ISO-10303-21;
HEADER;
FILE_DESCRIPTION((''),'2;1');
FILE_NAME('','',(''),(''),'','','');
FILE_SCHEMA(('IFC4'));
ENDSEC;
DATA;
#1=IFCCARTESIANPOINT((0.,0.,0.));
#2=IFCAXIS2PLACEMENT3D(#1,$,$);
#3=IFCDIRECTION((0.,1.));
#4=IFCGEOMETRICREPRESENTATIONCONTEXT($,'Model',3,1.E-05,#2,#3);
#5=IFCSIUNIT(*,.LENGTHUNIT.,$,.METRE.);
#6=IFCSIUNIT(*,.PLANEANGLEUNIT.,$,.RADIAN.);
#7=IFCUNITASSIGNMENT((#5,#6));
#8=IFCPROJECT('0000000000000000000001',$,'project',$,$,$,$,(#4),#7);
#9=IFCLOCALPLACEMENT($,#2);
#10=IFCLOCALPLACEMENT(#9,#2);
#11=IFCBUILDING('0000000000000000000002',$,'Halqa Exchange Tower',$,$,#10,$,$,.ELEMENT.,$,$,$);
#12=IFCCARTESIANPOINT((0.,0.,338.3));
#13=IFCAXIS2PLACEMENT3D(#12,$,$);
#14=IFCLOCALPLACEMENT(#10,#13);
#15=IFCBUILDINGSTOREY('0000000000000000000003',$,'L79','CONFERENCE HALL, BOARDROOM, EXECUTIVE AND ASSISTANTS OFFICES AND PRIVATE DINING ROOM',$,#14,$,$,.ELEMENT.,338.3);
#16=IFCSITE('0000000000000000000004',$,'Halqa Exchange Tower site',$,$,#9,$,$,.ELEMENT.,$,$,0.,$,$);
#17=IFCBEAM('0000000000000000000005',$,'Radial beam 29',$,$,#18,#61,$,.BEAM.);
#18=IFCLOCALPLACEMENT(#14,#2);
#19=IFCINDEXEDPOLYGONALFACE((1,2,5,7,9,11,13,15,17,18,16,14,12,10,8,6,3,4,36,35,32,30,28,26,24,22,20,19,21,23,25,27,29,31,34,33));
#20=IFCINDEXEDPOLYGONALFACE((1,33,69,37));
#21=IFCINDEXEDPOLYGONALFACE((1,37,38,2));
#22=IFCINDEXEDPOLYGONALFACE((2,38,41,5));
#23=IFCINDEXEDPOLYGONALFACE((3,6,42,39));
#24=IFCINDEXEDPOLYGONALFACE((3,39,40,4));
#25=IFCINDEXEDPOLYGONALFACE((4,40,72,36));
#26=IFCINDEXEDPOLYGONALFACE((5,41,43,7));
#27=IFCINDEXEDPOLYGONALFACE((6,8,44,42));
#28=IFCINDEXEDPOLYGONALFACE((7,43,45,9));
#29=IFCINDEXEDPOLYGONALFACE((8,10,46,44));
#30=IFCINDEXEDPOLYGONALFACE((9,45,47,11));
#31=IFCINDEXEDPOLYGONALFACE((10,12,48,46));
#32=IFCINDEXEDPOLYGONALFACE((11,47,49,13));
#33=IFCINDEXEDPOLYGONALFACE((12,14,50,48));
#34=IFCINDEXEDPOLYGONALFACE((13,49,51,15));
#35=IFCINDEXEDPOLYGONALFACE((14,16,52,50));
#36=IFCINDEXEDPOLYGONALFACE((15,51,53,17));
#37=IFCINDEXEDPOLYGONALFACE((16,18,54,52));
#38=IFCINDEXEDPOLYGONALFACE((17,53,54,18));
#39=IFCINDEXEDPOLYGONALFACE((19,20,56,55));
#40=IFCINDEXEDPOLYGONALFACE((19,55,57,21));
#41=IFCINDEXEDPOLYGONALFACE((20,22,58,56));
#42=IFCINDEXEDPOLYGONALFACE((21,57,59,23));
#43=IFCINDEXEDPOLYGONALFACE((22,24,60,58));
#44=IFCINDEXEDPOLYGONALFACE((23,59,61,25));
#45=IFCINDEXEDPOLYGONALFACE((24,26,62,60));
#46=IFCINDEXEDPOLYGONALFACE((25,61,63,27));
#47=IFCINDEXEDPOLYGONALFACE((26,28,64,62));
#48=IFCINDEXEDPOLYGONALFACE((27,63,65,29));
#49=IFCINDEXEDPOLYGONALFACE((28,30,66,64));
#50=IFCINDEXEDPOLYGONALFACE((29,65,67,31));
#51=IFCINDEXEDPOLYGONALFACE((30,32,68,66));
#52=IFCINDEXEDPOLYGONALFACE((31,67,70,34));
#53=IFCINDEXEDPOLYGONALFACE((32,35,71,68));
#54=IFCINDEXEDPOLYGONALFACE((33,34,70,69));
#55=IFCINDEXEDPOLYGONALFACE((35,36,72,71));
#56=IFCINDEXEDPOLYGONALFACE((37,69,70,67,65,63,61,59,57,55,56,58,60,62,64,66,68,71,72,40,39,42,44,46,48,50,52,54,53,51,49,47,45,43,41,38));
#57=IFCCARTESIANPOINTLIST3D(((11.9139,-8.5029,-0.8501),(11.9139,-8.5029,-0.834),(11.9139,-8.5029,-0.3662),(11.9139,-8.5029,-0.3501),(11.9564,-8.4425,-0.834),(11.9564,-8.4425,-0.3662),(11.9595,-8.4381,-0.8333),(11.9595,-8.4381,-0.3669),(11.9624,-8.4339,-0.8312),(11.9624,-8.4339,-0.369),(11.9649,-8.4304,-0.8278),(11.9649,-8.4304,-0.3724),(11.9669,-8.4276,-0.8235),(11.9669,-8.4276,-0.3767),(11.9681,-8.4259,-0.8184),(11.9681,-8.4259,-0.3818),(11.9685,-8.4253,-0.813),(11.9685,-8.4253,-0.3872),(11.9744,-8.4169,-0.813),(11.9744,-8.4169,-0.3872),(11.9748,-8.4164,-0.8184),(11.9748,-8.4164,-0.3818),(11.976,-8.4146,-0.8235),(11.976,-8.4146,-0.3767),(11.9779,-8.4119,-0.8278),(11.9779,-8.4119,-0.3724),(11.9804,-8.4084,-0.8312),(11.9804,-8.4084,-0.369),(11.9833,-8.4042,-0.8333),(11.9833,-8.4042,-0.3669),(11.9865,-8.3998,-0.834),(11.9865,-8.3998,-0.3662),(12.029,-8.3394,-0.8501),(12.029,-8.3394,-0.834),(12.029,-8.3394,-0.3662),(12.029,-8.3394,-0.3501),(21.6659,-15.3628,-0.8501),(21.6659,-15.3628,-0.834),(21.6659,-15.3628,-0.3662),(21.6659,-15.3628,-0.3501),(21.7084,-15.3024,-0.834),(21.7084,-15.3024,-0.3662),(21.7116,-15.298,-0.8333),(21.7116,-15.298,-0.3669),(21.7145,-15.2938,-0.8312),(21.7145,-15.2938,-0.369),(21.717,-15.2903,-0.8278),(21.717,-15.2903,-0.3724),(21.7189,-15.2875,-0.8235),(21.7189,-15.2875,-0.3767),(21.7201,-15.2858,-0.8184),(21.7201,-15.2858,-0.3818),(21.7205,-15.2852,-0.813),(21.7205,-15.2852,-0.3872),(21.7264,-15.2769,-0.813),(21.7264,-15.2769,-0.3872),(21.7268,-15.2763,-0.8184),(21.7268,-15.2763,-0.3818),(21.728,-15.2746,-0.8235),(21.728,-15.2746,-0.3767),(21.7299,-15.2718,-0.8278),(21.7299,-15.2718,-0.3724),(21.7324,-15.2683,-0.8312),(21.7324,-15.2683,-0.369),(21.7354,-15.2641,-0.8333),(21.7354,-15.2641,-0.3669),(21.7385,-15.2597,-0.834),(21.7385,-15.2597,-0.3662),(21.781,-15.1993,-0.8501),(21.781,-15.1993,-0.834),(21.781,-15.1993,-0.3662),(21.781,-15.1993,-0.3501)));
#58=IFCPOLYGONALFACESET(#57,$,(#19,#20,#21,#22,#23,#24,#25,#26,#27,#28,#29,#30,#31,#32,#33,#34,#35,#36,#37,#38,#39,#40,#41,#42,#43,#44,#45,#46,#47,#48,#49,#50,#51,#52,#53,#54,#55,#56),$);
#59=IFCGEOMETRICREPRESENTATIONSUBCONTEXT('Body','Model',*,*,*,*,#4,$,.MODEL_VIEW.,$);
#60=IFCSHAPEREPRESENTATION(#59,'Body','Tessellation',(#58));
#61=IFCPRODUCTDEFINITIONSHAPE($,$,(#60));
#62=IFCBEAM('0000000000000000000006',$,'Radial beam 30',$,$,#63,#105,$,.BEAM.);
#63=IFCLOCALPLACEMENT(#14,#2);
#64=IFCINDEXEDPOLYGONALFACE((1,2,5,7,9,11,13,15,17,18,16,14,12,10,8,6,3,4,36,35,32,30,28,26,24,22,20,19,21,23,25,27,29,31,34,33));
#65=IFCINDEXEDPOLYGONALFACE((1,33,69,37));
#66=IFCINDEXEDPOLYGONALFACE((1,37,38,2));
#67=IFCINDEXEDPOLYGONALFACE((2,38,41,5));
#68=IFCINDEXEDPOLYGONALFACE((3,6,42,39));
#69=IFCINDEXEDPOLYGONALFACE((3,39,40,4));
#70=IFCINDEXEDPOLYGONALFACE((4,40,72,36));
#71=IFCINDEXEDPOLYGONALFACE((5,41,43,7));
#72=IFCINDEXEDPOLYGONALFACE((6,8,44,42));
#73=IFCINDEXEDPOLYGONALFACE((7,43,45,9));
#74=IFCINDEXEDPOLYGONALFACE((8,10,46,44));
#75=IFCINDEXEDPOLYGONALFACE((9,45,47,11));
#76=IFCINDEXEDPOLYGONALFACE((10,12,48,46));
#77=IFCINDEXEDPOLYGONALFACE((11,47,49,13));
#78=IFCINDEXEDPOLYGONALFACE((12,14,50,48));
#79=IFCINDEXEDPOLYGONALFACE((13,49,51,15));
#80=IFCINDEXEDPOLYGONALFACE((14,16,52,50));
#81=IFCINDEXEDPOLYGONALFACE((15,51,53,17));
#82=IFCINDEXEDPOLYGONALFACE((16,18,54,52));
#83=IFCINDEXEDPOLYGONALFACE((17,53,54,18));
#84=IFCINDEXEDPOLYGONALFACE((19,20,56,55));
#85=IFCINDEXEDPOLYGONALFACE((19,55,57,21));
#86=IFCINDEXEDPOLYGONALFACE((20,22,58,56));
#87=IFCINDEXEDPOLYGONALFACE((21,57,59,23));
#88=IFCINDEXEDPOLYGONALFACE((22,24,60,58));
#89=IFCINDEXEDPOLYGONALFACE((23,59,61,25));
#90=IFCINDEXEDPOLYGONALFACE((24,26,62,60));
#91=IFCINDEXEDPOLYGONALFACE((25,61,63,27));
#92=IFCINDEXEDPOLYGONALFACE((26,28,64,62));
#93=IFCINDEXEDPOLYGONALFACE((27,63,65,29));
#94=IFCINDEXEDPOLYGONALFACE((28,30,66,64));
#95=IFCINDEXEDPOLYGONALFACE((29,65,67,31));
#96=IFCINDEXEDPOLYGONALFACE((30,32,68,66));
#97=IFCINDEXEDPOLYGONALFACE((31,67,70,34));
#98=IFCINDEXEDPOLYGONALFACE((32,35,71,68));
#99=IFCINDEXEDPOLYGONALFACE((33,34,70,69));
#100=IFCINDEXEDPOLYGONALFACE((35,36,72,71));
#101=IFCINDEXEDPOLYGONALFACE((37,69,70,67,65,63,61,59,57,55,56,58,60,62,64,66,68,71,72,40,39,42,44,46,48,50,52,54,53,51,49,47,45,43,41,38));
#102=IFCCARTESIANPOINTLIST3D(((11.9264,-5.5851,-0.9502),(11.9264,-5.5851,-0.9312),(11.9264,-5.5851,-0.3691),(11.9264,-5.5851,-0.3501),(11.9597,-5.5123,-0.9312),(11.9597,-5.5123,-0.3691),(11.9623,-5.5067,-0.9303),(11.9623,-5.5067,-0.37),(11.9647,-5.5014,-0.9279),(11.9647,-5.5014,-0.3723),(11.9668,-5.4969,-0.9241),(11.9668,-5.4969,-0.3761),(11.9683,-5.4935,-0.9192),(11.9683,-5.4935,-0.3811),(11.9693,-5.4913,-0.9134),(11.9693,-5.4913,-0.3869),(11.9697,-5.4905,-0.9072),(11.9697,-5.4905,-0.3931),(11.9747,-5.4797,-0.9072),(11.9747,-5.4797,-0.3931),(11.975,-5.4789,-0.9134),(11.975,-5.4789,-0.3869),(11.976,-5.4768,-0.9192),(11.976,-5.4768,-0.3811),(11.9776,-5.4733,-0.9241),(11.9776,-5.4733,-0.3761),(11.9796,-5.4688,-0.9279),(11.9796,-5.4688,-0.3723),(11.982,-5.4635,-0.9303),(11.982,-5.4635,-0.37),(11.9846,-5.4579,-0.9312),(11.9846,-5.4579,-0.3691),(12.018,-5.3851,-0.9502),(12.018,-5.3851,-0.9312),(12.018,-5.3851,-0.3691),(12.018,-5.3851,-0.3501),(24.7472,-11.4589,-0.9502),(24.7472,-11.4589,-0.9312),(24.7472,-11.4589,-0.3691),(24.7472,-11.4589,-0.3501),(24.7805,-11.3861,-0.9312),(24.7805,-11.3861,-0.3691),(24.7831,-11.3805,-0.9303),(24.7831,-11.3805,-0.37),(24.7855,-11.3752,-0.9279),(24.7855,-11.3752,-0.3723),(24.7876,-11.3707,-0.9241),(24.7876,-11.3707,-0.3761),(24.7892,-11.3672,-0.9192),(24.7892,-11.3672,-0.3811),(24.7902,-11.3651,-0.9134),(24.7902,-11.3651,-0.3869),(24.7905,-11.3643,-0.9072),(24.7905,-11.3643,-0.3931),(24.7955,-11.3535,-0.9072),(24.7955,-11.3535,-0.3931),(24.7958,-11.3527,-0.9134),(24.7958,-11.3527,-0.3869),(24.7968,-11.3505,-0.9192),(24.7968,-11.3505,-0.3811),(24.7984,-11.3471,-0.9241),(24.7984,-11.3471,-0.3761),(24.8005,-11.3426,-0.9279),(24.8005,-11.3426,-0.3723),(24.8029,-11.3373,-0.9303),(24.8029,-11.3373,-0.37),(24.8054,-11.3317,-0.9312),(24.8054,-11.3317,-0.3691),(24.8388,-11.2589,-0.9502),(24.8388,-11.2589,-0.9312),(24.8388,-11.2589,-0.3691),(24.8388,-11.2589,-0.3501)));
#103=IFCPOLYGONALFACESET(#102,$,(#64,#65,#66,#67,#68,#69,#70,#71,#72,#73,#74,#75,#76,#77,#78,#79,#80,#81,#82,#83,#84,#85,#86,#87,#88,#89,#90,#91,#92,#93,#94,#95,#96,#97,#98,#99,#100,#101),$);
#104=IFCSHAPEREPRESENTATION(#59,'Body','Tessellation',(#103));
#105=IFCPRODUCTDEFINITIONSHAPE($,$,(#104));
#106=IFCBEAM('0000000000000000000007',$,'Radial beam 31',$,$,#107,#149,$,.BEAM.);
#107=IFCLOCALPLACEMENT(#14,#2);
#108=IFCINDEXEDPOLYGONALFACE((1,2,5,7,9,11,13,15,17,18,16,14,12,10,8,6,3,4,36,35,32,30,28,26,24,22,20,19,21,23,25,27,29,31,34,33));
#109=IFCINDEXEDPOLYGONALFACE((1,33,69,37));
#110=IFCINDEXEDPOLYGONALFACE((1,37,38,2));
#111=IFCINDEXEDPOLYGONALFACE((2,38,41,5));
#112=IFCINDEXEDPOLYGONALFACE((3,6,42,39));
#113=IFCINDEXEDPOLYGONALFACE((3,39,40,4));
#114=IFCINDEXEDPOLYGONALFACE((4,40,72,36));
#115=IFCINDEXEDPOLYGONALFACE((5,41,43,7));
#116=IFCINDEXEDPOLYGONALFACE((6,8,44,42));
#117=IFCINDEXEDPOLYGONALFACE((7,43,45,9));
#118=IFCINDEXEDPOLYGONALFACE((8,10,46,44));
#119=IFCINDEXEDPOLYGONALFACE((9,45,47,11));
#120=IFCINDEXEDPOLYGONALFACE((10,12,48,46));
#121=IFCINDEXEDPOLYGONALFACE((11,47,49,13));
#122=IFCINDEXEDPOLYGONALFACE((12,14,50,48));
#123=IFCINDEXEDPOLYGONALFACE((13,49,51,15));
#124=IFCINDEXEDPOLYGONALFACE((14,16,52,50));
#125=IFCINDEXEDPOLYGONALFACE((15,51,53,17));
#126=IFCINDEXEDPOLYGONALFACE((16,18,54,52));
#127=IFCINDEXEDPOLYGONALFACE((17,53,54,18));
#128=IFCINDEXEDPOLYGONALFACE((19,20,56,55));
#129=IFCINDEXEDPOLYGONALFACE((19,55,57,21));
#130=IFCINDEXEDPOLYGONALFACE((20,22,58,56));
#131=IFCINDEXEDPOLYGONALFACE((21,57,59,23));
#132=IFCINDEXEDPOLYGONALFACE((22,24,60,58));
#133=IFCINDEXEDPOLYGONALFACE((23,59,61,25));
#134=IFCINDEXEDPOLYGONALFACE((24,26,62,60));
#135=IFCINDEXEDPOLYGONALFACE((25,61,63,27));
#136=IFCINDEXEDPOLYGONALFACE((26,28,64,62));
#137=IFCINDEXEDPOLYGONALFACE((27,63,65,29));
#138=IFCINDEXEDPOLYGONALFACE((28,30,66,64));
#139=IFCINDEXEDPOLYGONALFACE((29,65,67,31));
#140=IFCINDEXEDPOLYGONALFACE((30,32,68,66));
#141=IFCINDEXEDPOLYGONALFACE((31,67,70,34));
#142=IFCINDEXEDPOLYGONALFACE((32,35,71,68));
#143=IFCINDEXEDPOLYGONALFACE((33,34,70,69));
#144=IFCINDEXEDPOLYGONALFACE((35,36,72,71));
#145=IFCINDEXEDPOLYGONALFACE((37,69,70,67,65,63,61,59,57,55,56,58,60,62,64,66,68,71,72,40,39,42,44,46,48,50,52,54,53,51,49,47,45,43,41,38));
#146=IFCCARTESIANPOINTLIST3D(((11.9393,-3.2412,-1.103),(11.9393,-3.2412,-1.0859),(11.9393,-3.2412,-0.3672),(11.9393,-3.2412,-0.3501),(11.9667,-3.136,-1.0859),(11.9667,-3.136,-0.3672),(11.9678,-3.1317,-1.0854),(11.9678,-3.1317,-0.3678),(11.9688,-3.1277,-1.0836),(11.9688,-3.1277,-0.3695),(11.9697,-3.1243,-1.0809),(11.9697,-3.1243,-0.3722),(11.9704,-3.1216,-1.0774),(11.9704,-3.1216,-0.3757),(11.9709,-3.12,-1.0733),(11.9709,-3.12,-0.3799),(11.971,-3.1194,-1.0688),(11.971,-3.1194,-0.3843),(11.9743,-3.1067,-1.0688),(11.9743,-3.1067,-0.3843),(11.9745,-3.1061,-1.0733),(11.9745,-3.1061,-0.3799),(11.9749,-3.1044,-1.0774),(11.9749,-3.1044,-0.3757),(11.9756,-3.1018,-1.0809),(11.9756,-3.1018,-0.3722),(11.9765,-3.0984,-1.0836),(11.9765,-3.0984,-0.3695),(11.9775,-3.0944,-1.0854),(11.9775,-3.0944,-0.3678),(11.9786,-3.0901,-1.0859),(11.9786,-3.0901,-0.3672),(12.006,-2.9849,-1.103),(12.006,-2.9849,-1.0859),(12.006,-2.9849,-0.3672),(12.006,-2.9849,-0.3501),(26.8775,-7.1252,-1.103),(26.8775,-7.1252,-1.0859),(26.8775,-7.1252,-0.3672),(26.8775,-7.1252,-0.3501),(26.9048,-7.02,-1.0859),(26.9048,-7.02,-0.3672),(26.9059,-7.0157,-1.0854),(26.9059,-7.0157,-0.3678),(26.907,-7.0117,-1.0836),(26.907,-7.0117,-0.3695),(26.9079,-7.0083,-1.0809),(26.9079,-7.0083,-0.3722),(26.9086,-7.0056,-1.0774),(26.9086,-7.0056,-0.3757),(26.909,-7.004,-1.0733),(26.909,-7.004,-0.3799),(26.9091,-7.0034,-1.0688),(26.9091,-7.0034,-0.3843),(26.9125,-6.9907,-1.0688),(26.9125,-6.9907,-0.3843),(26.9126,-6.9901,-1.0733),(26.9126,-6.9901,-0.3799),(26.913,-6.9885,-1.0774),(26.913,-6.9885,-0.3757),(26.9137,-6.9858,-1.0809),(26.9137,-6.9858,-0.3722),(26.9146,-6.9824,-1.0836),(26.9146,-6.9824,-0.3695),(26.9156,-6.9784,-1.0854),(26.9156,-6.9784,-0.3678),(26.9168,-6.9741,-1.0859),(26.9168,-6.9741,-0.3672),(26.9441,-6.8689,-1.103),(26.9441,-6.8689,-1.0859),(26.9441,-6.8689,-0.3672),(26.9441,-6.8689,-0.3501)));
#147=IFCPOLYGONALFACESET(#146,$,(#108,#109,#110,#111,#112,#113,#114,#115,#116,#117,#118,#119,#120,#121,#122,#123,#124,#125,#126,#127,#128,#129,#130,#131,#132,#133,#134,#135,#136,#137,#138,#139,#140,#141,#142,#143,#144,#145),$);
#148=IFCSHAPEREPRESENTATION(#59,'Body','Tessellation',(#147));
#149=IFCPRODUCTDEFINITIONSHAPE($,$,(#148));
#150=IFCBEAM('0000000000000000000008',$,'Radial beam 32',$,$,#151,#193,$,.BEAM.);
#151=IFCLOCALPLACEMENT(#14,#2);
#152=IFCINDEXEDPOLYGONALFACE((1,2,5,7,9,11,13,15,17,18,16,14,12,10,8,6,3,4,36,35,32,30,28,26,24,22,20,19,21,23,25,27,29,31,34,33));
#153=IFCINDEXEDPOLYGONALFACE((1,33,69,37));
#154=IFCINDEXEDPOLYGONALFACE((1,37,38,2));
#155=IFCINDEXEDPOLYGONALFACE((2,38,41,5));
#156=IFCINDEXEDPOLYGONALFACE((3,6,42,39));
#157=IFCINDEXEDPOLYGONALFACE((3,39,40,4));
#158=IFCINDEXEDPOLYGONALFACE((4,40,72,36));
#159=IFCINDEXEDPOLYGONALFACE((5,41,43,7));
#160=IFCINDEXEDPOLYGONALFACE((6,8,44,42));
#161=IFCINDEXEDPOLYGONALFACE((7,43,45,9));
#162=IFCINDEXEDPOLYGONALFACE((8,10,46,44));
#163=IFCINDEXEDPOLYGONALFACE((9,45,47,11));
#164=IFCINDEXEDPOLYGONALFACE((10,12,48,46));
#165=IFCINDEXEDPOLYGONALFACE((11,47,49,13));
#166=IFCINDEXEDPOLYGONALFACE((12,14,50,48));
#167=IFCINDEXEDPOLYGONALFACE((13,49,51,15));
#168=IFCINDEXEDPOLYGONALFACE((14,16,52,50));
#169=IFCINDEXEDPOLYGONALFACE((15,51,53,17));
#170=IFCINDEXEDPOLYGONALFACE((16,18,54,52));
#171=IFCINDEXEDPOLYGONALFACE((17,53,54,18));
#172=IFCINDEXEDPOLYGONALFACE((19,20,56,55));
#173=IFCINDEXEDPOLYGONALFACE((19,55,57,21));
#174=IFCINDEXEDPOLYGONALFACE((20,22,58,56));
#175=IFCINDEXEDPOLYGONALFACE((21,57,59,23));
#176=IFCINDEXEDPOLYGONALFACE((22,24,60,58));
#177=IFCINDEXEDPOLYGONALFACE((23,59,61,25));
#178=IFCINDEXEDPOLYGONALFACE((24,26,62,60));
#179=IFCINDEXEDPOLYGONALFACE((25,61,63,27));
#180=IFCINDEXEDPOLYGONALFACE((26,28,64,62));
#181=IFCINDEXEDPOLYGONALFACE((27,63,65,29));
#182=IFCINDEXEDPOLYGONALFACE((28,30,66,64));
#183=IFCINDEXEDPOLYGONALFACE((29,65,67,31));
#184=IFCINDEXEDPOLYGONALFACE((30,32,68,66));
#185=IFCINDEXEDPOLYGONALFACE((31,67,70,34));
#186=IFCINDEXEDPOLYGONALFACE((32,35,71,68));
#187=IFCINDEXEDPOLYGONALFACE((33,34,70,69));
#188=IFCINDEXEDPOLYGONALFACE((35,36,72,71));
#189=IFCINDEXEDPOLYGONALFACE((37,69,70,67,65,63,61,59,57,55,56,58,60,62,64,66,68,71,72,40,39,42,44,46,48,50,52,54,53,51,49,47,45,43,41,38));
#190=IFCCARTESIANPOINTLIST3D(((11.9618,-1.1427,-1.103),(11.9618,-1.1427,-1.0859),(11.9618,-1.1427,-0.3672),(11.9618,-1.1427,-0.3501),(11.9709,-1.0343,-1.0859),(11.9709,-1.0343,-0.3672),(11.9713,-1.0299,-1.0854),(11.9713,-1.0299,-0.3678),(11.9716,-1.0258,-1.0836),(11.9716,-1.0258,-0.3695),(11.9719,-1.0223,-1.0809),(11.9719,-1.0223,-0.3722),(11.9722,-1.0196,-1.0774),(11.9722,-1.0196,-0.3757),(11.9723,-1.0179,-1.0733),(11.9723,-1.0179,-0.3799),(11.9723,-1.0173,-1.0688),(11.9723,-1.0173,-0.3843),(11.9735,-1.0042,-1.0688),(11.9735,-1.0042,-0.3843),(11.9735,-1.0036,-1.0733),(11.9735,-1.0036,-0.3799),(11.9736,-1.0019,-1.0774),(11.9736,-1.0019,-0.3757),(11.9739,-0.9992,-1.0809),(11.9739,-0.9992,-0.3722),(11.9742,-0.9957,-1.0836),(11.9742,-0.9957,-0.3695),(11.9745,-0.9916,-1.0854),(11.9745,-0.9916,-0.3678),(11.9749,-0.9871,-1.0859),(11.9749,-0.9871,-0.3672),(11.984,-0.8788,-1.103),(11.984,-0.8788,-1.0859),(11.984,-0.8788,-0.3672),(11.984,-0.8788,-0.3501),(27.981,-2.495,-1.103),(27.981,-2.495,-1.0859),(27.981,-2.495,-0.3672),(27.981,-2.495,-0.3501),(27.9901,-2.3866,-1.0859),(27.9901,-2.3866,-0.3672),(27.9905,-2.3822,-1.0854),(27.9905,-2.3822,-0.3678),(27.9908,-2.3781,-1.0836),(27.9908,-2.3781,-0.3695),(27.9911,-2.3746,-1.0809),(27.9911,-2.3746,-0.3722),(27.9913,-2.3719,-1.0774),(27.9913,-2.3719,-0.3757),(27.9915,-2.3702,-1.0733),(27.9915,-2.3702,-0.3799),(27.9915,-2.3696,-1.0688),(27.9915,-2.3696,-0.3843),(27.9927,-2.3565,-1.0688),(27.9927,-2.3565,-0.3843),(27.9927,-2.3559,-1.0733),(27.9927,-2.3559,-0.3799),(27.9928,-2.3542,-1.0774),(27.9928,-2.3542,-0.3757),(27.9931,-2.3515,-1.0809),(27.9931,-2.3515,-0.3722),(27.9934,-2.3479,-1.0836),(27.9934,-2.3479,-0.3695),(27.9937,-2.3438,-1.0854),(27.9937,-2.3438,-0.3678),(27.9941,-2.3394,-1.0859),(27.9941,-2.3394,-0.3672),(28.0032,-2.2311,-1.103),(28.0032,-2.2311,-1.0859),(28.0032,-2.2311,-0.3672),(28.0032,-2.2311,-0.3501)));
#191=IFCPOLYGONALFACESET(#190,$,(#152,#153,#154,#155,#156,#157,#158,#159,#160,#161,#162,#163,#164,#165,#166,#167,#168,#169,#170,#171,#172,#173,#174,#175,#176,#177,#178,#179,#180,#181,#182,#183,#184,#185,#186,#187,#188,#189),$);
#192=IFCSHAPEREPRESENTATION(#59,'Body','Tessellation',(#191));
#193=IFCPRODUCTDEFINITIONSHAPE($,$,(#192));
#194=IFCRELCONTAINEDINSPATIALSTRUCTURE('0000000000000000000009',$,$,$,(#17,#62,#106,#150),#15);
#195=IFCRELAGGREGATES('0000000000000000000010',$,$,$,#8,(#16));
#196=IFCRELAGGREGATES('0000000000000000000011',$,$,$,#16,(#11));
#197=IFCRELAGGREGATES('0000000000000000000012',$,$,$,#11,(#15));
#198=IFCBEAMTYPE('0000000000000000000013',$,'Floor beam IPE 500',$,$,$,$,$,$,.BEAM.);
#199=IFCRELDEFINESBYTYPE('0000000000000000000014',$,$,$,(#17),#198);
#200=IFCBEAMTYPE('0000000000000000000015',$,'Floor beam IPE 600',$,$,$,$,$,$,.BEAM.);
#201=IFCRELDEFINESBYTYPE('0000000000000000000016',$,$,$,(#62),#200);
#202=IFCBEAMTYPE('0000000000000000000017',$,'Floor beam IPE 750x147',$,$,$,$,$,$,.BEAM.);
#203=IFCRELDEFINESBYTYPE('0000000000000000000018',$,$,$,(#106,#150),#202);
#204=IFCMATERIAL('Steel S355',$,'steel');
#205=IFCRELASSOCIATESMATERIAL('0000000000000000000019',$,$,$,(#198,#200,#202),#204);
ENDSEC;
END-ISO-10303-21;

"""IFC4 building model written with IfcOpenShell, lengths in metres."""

from ifc_helpers import new_model, si_unit, direction, frame, origin, origin_2d, place, context, subcontext, project, spatial, i_section, extrude, material, material_profile, profile_set, type_object, element, save


model = new_model("IFC4")

# Units and contexts
model_context = context("Model", 3, precision=1e-05, world=origin(), true_north=direction((0.0, 1.0)))
body_context = subcontext(model_context, "Body", "Model", "MODEL_VIEW")
ifc_project = project(units=[si_unit("LENGTHUNIT", "METRE"), si_unit("PLANEANGLEUNIT", "RADIAN")], contexts=[model_context])

# Site, building, storey
site_placement = place(None, origin())
site = spatial("IfcSite", under=ifc_project, at=site_placement, Name="Halqa Exchange Tower site", CompositionType="ELEMENT", RefElevation=0.0)
building_placement = place(site_placement, origin())
building = spatial("IfcBuilding", under=site, at=building_placement, Name="Halqa Exchange Tower", CompositionType="ELEMENT")
storey_placement = place(building_placement, frame((0.0, 0.0, 338.3)))
storey = spatial("IfcBuildingStorey", under=building, at=storey_placement, Name="L79", Description="CONFERENCE HALL, BOARDROOM, EXECUTIVE AND ASSISTANTS OFFICES AND PRIVATE DINING ROOM", CompositionType="ELEMENT", Elevation=338.3)

# Beams
ifc_material_1 = material(Name="Steel S355", Category="steel")
ifc_material_profile_1 = material_profile(ifc_material_1, i_section(OverallWidth=0.2, OverallDepth=0.5, WebThickness=0.0103, FlangeThickness=0.0161, FilletRadius=0.021, at=origin_2d()), Name="IPE 500")
ifc_profile_set_1 = profile_set([ifc_material_profile_1], Name="Steel S355")
beam_type_1 = type_object("IfcBeamType", Name="Floor beam IPE 500", PredefinedType="BEAM", material=ifc_profile_set_1)
beam_1_placement = place(storey_placement, frame((11.9714, -8.4211, -0.6001), z_axis=(0.81791, -0.575346, 0.0), x_axis=(0.575346, 0.81791, 0.0)))
element("IfcBeam", 1, at=beam_1_placement, inside=storey, type_object=beam_type_1, Name="Radial beam 29", PredefinedType="BEAM", context=body_context, shape_type="SweptSolid", body=[
    extrude(i_section(OverallWidth=0.2, OverallDepth=0.5, WebThickness=0.0103, FlangeThickness=0.0161, FilletRadius=0.021, at=origin_2d()), origin(), (0.0, 0.0, 1.0), 11.9231),
])
ifc_material_profile_2 = material_profile(ifc_material_1, i_section(OverallWidth=0.22, OverallDepth=0.6001, WebThickness=0.012, FlangeThickness=0.019, FilletRadius=0.0239, at=origin_2d()), Name="IPE 600")
ifc_profile_set_2 = profile_set([ifc_material_profile_2], Name="Steel S355")
beam_type_2 = type_object("IfcBeamType", Name="Floor beam IPE 600", PredefinedType="BEAM", material=ifc_profile_set_2)
beam_2_placement = place(storey_placement, frame((11.9722, -5.4851, -0.6501), z_axis=(0.90913, -0.416513, 0.0), x_axis=(0.416513, 0.90913, 0.0)))
element("IfcBeam", 2, at=beam_2_placement, inside=storey, type_object=beam_type_2, Name="Radial beam 30", PredefinedType="BEAM", context=body_context, shape_type="SweptSolid", body=[
    extrude(i_section(OverallWidth=0.22, OverallDepth=0.6001, WebThickness=0.012, FlangeThickness=0.019, FilletRadius=0.0239, at=origin_2d()), origin(), (0.0, 0.0, 1.0), 14.1023),
])
ifc_material_profile_3 = material_profile(ifc_material_1, i_section(OverallWidth=0.2649, OverallDepth=0.7529, WebThickness=0.0132, FlangeThickness=0.0171, FilletRadius=0.0171, at=origin_2d()), Name="IPE 750x147")
ifc_profile_set_3 = profile_set([ifc_material_profile_3], Name="Steel S355")
beam_type_3 = type_object("IfcBeamType", Name="Floor beam IPE 750x147", PredefinedType="BEAM", material=ifc_profile_set_3)
beam_3_placement = place(storey_placement, frame((11.9727, -3.113, -0.7266), z_axis=(0.967821, -0.251639, 0.0), x_axis=(0.251639, 0.967821, 0.0)))
element("IfcBeam", 3, at=beam_3_placement, inside=storey, type_object=beam_type_3, Name="Radial beam 31", PredefinedType="BEAM", context=body_context, shape_type="SweptSolid", body=[
    extrude(i_section(OverallWidth=0.2649, OverallDepth=0.7529, WebThickness=0.0132, FlangeThickness=0.0171, FilletRadius=0.0171, at=origin_2d()), origin(), (0.0, 0.0, 1.0), 15.4348),
])
beam_4_placement = place(storey_placement, frame((11.9729, -1.0107, -0.7266), z_axis=(0.996456, -0.084117, 0.0), x_axis=(0.084117, 0.996456, 0.0)))
element("IfcBeam", 4, at=beam_4_placement, inside=storey, type_object=beam_type_3, Name="Radial beam 32", PredefinedType="BEAM", context=body_context, shape_type="SweptSolid", body=[
    extrude(i_section(OverallWidth=0.2649, OverallDepth=0.7529, WebThickness=0.0132, FlangeThickness=0.0171, FilletRadius=0.0171, at=origin_2d()), origin(), (0.0, 0.0, 1.0), 16.0762),
])

save(model, "model.ifc")
